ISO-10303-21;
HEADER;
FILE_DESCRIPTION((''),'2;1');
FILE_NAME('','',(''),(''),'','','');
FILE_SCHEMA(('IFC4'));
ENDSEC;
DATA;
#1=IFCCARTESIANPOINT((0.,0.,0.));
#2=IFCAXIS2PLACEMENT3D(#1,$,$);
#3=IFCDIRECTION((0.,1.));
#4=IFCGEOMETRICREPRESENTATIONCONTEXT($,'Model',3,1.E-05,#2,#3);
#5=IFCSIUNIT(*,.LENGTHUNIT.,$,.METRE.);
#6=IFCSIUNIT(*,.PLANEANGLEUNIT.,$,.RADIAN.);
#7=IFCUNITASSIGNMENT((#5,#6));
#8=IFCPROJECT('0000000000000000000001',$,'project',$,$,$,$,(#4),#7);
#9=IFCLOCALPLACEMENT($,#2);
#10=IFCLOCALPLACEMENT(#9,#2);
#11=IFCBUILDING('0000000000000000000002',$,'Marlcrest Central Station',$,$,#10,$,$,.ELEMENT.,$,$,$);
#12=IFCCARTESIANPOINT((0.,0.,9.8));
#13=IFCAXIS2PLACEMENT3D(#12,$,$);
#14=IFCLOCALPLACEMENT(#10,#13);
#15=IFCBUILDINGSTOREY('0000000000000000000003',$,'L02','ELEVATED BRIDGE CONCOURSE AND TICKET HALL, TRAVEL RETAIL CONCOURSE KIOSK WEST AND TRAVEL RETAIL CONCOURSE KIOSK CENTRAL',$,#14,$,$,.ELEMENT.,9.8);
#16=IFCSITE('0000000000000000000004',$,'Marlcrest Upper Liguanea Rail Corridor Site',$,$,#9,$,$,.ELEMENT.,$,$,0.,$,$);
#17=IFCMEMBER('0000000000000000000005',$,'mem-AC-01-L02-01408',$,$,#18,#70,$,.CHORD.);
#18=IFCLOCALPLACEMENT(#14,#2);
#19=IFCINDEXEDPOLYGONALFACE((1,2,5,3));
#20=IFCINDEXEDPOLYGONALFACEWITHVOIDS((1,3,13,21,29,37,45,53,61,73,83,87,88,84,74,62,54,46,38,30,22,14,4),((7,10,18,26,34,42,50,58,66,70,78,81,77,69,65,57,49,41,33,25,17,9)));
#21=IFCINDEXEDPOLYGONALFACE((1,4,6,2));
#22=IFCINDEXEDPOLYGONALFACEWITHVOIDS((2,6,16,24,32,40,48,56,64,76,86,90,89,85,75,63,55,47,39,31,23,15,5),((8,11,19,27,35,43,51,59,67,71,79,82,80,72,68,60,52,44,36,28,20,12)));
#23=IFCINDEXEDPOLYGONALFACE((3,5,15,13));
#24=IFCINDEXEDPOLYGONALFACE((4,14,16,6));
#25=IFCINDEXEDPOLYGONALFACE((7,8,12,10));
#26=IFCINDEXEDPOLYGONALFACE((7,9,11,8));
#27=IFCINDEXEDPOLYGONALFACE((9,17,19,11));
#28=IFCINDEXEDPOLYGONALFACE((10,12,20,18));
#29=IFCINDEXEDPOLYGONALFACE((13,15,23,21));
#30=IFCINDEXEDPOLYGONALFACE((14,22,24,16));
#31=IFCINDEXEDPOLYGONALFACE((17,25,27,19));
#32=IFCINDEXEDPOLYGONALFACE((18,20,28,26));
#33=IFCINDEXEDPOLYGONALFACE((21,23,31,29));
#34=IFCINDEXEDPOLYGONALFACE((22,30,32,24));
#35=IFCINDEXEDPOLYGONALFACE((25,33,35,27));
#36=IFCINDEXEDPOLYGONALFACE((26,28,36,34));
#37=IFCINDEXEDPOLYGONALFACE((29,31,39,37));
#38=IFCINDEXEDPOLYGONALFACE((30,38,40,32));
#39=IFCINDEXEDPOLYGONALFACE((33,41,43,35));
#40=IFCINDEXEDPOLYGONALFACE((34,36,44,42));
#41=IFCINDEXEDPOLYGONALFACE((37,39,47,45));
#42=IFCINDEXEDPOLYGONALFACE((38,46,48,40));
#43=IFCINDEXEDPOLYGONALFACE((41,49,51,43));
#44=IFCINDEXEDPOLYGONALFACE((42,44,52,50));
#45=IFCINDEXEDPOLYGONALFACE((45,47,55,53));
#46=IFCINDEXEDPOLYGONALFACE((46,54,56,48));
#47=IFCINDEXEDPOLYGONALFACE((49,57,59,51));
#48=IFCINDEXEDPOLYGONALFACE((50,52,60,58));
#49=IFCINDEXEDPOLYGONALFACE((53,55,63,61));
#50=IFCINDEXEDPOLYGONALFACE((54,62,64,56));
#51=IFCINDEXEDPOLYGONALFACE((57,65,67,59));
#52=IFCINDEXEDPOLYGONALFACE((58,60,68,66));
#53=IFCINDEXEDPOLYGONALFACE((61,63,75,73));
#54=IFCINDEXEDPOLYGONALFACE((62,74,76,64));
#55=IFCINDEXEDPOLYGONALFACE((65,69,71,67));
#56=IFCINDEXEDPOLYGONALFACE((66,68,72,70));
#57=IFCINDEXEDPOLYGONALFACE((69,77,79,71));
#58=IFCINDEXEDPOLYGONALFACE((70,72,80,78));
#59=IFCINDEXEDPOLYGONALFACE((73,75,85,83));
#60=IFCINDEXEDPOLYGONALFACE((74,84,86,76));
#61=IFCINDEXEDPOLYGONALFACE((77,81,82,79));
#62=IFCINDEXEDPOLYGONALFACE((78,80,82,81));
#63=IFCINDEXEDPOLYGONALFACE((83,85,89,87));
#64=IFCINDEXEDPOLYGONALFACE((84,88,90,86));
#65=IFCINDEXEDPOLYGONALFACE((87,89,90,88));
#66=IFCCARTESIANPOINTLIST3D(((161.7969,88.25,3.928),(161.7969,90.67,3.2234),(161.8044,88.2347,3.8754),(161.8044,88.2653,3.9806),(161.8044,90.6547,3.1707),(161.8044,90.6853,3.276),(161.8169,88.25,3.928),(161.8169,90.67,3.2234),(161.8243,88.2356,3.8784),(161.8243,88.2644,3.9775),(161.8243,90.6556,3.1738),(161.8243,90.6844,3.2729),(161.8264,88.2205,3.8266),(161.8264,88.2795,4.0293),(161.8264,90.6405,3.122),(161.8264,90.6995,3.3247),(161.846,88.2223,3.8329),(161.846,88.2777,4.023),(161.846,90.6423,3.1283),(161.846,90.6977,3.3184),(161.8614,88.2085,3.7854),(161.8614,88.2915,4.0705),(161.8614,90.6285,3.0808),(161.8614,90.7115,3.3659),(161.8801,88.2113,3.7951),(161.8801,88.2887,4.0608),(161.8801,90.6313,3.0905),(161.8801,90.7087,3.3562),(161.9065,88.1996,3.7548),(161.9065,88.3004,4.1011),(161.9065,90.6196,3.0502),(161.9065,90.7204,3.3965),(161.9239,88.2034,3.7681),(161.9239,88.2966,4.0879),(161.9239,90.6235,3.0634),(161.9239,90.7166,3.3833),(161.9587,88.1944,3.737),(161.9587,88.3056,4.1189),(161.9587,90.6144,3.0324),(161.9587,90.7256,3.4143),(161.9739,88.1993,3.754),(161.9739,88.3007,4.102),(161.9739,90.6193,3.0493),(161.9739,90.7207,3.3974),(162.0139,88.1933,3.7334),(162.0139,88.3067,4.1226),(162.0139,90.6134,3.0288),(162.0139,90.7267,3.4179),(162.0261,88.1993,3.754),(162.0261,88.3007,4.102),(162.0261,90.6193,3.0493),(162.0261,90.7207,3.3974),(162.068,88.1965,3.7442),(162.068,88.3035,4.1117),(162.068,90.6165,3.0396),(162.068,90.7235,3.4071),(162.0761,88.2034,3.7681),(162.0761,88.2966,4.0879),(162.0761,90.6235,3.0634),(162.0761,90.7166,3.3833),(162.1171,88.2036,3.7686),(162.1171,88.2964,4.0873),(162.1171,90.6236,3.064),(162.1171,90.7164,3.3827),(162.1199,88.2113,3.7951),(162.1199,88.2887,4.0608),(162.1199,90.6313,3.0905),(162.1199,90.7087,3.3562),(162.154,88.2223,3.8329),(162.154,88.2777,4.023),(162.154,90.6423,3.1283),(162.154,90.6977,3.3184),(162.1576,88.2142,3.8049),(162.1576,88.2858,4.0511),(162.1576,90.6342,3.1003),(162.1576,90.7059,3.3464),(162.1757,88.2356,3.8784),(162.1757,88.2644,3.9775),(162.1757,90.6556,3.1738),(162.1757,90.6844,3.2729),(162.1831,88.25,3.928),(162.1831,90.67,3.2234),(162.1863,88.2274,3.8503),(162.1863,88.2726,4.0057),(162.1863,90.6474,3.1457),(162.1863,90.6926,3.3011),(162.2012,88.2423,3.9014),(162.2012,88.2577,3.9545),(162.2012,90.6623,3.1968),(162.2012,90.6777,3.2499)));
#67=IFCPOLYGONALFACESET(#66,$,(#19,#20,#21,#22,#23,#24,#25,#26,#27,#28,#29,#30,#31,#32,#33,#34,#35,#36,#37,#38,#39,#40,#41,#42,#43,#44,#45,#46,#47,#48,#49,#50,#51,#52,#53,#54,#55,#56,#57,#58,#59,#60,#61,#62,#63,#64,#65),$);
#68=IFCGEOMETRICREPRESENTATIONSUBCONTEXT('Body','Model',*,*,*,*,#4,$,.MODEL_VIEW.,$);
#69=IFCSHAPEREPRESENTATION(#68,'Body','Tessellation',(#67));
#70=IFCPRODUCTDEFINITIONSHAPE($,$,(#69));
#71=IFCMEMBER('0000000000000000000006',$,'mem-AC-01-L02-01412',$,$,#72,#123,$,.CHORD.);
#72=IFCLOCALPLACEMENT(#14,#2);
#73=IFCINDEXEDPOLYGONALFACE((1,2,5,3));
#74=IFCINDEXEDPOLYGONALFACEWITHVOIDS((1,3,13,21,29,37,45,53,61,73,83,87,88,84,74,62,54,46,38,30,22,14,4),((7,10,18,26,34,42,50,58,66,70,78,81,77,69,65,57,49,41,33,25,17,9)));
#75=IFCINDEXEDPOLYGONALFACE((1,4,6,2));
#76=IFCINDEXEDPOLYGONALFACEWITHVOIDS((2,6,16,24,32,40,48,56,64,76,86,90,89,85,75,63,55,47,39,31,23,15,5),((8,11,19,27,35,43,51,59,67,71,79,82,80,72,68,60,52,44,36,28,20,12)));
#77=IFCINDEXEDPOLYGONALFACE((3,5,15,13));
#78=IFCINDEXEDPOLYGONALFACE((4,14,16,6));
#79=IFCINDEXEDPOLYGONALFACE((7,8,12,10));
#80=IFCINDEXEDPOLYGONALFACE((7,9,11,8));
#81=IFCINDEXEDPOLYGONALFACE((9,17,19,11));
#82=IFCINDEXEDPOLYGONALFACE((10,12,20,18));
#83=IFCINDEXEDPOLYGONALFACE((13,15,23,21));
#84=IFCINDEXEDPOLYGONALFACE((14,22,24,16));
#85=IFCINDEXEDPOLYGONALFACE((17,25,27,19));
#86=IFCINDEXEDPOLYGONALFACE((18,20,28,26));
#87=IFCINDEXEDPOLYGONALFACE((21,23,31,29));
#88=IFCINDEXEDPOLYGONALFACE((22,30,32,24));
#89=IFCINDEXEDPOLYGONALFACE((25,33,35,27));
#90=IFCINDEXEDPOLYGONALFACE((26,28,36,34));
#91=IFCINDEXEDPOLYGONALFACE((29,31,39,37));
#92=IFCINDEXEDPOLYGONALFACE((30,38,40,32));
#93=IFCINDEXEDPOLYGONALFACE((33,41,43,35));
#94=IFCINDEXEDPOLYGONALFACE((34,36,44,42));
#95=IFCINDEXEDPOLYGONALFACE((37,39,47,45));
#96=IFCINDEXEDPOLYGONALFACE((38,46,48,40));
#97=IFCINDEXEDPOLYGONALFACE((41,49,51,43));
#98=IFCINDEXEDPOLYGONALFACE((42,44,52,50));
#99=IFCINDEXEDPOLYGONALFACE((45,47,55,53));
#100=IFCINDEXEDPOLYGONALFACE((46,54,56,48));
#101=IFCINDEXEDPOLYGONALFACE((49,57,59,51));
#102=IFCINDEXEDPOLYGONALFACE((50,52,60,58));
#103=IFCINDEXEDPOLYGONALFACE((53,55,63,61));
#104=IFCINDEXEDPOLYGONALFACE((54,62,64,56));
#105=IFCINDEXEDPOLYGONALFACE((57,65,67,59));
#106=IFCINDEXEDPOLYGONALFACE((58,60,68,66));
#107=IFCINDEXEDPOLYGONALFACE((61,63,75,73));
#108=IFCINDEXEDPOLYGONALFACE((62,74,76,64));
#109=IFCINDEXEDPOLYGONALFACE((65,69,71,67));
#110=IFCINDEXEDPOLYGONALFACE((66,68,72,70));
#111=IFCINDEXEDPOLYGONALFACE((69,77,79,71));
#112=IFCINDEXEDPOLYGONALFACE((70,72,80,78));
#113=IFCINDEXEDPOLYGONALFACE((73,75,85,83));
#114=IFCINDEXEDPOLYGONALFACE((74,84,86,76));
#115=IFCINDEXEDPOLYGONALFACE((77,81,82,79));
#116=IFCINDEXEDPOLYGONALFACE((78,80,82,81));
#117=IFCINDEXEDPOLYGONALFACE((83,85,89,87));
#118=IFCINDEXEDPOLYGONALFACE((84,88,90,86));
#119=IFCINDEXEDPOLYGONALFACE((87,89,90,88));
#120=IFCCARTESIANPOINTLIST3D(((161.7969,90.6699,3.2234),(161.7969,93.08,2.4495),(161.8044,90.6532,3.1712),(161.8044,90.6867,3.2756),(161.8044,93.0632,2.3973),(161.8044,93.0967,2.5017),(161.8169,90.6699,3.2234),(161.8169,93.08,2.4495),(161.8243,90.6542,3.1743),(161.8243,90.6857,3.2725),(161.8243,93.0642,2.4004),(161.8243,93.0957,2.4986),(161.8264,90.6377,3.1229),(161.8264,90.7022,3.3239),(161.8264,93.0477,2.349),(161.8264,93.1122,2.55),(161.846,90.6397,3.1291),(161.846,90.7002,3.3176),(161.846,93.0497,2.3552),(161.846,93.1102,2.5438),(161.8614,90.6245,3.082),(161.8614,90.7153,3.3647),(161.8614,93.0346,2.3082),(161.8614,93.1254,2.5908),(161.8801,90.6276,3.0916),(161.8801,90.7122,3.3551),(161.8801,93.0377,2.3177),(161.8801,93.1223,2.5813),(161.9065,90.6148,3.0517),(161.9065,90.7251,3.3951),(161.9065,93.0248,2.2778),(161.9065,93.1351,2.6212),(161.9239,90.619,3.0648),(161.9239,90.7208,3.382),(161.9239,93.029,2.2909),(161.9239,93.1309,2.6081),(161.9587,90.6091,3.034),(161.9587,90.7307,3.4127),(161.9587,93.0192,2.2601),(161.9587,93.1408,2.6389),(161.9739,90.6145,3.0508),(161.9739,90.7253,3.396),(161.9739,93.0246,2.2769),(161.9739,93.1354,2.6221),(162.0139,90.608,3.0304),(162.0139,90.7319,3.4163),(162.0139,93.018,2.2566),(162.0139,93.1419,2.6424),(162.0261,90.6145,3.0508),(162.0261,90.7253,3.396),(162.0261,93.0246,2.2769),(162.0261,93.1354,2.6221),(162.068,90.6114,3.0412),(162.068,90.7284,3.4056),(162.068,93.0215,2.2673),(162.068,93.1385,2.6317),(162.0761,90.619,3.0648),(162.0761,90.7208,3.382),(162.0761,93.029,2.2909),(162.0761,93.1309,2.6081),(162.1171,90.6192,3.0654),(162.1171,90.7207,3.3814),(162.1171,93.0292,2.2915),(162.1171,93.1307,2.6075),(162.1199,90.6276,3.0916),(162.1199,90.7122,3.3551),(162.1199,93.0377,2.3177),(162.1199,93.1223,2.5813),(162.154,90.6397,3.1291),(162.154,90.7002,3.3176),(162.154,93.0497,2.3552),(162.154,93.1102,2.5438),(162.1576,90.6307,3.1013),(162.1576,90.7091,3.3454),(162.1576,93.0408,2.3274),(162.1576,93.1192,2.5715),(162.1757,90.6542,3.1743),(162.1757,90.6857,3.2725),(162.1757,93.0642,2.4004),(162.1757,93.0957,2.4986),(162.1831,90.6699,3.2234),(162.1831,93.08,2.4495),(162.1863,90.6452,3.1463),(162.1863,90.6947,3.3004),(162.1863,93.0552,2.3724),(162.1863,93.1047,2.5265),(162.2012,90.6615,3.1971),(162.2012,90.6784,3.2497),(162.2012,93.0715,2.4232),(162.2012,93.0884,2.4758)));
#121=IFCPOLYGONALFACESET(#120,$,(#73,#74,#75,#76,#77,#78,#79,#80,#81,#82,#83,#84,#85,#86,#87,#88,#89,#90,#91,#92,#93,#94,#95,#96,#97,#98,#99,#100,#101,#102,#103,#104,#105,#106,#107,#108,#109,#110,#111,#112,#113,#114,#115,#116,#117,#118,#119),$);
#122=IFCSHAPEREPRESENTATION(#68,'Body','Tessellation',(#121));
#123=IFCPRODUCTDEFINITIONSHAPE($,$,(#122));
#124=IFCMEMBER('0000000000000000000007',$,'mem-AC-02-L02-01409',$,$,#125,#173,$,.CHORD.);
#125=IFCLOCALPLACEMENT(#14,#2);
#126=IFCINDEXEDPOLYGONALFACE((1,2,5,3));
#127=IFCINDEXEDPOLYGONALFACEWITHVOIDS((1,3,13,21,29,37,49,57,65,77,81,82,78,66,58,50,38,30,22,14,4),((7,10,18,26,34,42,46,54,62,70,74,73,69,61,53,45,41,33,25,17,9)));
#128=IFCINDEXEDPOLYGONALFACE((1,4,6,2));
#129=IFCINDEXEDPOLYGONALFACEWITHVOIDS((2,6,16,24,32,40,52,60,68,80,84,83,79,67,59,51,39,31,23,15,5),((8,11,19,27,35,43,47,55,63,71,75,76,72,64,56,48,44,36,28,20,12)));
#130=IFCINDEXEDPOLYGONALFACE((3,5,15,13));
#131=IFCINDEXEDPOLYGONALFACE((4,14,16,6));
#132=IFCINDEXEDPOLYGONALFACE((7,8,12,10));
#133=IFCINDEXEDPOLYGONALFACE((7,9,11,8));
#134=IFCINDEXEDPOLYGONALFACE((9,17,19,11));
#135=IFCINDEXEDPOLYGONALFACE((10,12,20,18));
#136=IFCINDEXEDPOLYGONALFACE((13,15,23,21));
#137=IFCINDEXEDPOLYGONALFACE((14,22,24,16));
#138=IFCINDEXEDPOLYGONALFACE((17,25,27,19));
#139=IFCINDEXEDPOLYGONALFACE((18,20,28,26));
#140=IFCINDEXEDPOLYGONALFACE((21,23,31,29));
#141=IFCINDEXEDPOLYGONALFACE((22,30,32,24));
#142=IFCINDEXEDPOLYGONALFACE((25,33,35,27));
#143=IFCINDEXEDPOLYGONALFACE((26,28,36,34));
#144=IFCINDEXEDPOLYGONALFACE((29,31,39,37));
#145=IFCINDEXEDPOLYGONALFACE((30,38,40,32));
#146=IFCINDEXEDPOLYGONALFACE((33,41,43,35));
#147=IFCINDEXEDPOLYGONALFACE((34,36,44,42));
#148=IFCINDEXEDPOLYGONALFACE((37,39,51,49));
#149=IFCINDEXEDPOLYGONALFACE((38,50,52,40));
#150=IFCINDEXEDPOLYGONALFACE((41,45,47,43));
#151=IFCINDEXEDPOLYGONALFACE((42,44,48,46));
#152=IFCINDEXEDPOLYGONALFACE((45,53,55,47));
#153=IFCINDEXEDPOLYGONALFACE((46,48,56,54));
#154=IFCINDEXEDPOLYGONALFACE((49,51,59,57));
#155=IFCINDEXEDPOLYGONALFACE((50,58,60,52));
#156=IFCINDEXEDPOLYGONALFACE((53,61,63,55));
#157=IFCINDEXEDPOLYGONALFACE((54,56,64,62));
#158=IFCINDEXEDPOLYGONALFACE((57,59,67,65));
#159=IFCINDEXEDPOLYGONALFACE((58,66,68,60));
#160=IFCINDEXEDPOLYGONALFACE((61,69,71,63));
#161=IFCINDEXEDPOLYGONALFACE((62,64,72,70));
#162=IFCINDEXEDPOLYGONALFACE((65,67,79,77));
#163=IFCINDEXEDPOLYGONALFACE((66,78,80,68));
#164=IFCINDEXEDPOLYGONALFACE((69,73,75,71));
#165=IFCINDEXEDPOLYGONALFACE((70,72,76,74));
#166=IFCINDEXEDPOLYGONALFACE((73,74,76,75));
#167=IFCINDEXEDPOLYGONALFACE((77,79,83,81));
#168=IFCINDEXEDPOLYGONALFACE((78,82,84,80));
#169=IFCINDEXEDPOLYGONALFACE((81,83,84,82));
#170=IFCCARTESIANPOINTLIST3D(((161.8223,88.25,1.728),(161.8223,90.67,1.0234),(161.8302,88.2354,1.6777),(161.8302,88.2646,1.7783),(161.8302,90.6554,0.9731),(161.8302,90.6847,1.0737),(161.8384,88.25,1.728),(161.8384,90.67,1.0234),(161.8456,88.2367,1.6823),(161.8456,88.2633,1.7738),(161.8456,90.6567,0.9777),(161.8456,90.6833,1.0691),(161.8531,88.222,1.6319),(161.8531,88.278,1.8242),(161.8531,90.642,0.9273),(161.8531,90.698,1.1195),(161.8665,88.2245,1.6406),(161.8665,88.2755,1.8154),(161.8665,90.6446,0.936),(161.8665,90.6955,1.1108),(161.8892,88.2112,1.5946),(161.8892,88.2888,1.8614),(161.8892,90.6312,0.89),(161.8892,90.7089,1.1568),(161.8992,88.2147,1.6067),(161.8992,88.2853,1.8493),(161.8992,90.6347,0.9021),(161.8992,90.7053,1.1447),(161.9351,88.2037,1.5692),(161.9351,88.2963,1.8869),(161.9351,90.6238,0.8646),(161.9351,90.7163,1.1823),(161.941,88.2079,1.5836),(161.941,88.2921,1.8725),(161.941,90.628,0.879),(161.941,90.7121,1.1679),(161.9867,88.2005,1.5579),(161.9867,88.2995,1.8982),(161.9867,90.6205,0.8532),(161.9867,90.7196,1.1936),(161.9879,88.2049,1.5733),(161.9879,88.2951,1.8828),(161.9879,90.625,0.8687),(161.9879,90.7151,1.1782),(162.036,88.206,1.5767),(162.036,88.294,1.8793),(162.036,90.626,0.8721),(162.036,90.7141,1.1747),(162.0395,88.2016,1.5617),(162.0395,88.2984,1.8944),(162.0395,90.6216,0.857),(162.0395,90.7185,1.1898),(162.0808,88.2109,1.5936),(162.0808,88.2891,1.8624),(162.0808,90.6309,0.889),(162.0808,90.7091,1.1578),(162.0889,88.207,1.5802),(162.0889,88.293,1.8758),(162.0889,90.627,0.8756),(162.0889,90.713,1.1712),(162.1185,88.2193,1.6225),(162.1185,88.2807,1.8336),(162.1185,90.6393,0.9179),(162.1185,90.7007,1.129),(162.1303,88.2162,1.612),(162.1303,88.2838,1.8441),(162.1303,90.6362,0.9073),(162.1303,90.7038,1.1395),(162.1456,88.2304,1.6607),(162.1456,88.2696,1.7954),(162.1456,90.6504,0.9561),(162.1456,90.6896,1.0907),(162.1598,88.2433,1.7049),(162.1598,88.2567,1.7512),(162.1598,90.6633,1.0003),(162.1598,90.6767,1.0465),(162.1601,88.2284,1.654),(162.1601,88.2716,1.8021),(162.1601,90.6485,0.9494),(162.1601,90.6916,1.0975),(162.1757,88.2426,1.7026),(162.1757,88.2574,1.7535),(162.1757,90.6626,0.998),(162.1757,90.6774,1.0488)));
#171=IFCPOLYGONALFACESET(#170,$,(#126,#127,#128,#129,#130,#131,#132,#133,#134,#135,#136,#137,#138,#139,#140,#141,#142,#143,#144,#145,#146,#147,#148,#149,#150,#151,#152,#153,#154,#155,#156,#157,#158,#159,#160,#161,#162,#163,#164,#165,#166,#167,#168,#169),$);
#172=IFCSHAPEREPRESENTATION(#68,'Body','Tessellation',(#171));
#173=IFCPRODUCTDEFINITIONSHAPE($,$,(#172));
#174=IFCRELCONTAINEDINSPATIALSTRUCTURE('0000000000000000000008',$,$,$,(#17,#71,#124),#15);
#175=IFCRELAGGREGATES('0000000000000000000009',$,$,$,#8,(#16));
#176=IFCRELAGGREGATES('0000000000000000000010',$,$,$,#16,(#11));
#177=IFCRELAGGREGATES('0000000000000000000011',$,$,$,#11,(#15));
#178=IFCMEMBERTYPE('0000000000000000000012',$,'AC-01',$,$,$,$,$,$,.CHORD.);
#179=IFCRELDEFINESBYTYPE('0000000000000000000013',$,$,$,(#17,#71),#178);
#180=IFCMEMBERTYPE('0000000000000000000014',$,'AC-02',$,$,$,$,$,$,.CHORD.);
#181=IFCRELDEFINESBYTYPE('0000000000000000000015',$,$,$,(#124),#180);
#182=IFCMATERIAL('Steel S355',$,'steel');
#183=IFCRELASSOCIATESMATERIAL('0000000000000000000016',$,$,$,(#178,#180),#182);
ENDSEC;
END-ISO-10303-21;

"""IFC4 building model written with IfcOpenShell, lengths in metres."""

from ifc_helpers import new_model, si_unit, direction, frame, origin, origin_2d, place, context, subcontext, project, spatial, hollow_circle, extrude, material, material_profile, profile_set, type_object, element, save


model = new_model("IFC4")

# Units and contexts
model_context = context("Model", 3, precision=1e-05, world=origin(), true_north=direction((0.0, 1.0)))
body_context = subcontext(model_context, "Body", "Model", "MODEL_VIEW")
ifc_project = project(units=[si_unit("LENGTHUNIT", "METRE"), si_unit("PLANEANGLEUNIT", "RADIAN")], contexts=[model_context])

# Site, building, storey
site_placement = place(None, origin())
site = spatial("IfcSite", under=ifc_project, at=site_placement, Name="Marlcrest Upper Liguanea Rail Corridor Site", CompositionType="ELEMENT", RefElevation=0.0)
building_placement = place(site_placement, origin())
building = spatial("IfcBuilding", under=site, at=building_placement, Name="Marlcrest Central Station", CompositionType="ELEMENT")
storey_placement = place(building_placement, frame((0.0, 0.0, 9.8)))
storey = spatial("IfcBuildingStorey", under=building, at=storey_placement, Name="L02", Description="ELEVATED BRIDGE CONCOURSE AND TICKET HALL, TRAVEL RETAIL CONCOURSE KIOSK WEST AND TRAVEL RETAIL CONCOURSE KIOSK CENTRAL", CompositionType="ELEMENT", Elevation=9.8)

# Members
ifc_material_1 = material(Name="Steel S355", Category="steel")
ifc_material_profile_1 = material_profile(ifc_material_1, hollow_circle(Radius=0.2031, WallThickness=0.02, at=origin_2d()), Name="CHS 406.4x20")
ifc_profile_set_1 = profile_set([ifc_material_profile_1], Name="Steel S355")
member_type_1 = type_object("IfcMemberType", Name="AC-01", PredefinedType="CHORD", material=ifc_profile_set_1)
member_1_placement = place(storey_placement, frame((162.0, 88.25, 3.928), z_axis=(0.0, 0.96013, -0.279554), x_axis=(-1.0, 0.0, 0.0)))
element("IfcMember", 1, at=member_1_placement, inside=storey, type_object=member_type_1, Name="mem-AC-01-L02-01408", PredefinedType="CHORD", context=body_context, shape_type="SweptSolid", body=[
    extrude(hollow_circle(Radius=0.2031, WallThickness=0.02, at=origin_2d()), origin(), (0.0, 0.0, 1.0), 2.5205),
])
member_2_placement = place(storey_placement, frame((162.0, 90.6699, 3.2234), z_axis=(0.0, 0.952117, -0.305734), x_axis=(-1.0, 0.0, 0.0)))
element("IfcMember", 2, at=member_2_placement, inside=storey, type_object=member_type_1, Name="mem-AC-01-L02-01412", PredefinedType="CHORD", context=body_context, shape_type="SweptSolid", body=[
    extrude(hollow_circle(Radius=0.2031, WallThickness=0.02, at=origin_2d()), origin(), (0.0, 0.0, 1.0), 2.5312),
])
ifc_material_profile_2 = material_profile(ifc_material_1, hollow_circle(Radius=0.1777, WallThickness=0.0161, at=origin_2d()), Name="CHS 355.6x16")
ifc_profile_set_2 = profile_set([ifc_material_profile_2], Name="Steel S355")
member_type_2 = type_object("IfcMemberType", Name="AC-02", PredefinedType="CHORD", material=ifc_profile_set_2)
member_3_placement = place(storey_placement, frame((162.0, 88.25, 1.728), z_axis=(0.0, 0.96013, -0.279554), x_axis=(-1.0, 0.0, 0.0)))
element("IfcMember", 3, at=member_3_placement, inside=storey, type_object=member_type_2, Name="mem-AC-02-L02-01409", PredefinedType="CHORD", context=body_context, shape_type="SweptSolid", body=[
    extrude(hollow_circle(Radius=0.1777, WallThickness=0.0161, at=origin_2d()), origin(), (0.0, 0.0, 1.0), 2.5205),
])

save(model, "model.ifc")
